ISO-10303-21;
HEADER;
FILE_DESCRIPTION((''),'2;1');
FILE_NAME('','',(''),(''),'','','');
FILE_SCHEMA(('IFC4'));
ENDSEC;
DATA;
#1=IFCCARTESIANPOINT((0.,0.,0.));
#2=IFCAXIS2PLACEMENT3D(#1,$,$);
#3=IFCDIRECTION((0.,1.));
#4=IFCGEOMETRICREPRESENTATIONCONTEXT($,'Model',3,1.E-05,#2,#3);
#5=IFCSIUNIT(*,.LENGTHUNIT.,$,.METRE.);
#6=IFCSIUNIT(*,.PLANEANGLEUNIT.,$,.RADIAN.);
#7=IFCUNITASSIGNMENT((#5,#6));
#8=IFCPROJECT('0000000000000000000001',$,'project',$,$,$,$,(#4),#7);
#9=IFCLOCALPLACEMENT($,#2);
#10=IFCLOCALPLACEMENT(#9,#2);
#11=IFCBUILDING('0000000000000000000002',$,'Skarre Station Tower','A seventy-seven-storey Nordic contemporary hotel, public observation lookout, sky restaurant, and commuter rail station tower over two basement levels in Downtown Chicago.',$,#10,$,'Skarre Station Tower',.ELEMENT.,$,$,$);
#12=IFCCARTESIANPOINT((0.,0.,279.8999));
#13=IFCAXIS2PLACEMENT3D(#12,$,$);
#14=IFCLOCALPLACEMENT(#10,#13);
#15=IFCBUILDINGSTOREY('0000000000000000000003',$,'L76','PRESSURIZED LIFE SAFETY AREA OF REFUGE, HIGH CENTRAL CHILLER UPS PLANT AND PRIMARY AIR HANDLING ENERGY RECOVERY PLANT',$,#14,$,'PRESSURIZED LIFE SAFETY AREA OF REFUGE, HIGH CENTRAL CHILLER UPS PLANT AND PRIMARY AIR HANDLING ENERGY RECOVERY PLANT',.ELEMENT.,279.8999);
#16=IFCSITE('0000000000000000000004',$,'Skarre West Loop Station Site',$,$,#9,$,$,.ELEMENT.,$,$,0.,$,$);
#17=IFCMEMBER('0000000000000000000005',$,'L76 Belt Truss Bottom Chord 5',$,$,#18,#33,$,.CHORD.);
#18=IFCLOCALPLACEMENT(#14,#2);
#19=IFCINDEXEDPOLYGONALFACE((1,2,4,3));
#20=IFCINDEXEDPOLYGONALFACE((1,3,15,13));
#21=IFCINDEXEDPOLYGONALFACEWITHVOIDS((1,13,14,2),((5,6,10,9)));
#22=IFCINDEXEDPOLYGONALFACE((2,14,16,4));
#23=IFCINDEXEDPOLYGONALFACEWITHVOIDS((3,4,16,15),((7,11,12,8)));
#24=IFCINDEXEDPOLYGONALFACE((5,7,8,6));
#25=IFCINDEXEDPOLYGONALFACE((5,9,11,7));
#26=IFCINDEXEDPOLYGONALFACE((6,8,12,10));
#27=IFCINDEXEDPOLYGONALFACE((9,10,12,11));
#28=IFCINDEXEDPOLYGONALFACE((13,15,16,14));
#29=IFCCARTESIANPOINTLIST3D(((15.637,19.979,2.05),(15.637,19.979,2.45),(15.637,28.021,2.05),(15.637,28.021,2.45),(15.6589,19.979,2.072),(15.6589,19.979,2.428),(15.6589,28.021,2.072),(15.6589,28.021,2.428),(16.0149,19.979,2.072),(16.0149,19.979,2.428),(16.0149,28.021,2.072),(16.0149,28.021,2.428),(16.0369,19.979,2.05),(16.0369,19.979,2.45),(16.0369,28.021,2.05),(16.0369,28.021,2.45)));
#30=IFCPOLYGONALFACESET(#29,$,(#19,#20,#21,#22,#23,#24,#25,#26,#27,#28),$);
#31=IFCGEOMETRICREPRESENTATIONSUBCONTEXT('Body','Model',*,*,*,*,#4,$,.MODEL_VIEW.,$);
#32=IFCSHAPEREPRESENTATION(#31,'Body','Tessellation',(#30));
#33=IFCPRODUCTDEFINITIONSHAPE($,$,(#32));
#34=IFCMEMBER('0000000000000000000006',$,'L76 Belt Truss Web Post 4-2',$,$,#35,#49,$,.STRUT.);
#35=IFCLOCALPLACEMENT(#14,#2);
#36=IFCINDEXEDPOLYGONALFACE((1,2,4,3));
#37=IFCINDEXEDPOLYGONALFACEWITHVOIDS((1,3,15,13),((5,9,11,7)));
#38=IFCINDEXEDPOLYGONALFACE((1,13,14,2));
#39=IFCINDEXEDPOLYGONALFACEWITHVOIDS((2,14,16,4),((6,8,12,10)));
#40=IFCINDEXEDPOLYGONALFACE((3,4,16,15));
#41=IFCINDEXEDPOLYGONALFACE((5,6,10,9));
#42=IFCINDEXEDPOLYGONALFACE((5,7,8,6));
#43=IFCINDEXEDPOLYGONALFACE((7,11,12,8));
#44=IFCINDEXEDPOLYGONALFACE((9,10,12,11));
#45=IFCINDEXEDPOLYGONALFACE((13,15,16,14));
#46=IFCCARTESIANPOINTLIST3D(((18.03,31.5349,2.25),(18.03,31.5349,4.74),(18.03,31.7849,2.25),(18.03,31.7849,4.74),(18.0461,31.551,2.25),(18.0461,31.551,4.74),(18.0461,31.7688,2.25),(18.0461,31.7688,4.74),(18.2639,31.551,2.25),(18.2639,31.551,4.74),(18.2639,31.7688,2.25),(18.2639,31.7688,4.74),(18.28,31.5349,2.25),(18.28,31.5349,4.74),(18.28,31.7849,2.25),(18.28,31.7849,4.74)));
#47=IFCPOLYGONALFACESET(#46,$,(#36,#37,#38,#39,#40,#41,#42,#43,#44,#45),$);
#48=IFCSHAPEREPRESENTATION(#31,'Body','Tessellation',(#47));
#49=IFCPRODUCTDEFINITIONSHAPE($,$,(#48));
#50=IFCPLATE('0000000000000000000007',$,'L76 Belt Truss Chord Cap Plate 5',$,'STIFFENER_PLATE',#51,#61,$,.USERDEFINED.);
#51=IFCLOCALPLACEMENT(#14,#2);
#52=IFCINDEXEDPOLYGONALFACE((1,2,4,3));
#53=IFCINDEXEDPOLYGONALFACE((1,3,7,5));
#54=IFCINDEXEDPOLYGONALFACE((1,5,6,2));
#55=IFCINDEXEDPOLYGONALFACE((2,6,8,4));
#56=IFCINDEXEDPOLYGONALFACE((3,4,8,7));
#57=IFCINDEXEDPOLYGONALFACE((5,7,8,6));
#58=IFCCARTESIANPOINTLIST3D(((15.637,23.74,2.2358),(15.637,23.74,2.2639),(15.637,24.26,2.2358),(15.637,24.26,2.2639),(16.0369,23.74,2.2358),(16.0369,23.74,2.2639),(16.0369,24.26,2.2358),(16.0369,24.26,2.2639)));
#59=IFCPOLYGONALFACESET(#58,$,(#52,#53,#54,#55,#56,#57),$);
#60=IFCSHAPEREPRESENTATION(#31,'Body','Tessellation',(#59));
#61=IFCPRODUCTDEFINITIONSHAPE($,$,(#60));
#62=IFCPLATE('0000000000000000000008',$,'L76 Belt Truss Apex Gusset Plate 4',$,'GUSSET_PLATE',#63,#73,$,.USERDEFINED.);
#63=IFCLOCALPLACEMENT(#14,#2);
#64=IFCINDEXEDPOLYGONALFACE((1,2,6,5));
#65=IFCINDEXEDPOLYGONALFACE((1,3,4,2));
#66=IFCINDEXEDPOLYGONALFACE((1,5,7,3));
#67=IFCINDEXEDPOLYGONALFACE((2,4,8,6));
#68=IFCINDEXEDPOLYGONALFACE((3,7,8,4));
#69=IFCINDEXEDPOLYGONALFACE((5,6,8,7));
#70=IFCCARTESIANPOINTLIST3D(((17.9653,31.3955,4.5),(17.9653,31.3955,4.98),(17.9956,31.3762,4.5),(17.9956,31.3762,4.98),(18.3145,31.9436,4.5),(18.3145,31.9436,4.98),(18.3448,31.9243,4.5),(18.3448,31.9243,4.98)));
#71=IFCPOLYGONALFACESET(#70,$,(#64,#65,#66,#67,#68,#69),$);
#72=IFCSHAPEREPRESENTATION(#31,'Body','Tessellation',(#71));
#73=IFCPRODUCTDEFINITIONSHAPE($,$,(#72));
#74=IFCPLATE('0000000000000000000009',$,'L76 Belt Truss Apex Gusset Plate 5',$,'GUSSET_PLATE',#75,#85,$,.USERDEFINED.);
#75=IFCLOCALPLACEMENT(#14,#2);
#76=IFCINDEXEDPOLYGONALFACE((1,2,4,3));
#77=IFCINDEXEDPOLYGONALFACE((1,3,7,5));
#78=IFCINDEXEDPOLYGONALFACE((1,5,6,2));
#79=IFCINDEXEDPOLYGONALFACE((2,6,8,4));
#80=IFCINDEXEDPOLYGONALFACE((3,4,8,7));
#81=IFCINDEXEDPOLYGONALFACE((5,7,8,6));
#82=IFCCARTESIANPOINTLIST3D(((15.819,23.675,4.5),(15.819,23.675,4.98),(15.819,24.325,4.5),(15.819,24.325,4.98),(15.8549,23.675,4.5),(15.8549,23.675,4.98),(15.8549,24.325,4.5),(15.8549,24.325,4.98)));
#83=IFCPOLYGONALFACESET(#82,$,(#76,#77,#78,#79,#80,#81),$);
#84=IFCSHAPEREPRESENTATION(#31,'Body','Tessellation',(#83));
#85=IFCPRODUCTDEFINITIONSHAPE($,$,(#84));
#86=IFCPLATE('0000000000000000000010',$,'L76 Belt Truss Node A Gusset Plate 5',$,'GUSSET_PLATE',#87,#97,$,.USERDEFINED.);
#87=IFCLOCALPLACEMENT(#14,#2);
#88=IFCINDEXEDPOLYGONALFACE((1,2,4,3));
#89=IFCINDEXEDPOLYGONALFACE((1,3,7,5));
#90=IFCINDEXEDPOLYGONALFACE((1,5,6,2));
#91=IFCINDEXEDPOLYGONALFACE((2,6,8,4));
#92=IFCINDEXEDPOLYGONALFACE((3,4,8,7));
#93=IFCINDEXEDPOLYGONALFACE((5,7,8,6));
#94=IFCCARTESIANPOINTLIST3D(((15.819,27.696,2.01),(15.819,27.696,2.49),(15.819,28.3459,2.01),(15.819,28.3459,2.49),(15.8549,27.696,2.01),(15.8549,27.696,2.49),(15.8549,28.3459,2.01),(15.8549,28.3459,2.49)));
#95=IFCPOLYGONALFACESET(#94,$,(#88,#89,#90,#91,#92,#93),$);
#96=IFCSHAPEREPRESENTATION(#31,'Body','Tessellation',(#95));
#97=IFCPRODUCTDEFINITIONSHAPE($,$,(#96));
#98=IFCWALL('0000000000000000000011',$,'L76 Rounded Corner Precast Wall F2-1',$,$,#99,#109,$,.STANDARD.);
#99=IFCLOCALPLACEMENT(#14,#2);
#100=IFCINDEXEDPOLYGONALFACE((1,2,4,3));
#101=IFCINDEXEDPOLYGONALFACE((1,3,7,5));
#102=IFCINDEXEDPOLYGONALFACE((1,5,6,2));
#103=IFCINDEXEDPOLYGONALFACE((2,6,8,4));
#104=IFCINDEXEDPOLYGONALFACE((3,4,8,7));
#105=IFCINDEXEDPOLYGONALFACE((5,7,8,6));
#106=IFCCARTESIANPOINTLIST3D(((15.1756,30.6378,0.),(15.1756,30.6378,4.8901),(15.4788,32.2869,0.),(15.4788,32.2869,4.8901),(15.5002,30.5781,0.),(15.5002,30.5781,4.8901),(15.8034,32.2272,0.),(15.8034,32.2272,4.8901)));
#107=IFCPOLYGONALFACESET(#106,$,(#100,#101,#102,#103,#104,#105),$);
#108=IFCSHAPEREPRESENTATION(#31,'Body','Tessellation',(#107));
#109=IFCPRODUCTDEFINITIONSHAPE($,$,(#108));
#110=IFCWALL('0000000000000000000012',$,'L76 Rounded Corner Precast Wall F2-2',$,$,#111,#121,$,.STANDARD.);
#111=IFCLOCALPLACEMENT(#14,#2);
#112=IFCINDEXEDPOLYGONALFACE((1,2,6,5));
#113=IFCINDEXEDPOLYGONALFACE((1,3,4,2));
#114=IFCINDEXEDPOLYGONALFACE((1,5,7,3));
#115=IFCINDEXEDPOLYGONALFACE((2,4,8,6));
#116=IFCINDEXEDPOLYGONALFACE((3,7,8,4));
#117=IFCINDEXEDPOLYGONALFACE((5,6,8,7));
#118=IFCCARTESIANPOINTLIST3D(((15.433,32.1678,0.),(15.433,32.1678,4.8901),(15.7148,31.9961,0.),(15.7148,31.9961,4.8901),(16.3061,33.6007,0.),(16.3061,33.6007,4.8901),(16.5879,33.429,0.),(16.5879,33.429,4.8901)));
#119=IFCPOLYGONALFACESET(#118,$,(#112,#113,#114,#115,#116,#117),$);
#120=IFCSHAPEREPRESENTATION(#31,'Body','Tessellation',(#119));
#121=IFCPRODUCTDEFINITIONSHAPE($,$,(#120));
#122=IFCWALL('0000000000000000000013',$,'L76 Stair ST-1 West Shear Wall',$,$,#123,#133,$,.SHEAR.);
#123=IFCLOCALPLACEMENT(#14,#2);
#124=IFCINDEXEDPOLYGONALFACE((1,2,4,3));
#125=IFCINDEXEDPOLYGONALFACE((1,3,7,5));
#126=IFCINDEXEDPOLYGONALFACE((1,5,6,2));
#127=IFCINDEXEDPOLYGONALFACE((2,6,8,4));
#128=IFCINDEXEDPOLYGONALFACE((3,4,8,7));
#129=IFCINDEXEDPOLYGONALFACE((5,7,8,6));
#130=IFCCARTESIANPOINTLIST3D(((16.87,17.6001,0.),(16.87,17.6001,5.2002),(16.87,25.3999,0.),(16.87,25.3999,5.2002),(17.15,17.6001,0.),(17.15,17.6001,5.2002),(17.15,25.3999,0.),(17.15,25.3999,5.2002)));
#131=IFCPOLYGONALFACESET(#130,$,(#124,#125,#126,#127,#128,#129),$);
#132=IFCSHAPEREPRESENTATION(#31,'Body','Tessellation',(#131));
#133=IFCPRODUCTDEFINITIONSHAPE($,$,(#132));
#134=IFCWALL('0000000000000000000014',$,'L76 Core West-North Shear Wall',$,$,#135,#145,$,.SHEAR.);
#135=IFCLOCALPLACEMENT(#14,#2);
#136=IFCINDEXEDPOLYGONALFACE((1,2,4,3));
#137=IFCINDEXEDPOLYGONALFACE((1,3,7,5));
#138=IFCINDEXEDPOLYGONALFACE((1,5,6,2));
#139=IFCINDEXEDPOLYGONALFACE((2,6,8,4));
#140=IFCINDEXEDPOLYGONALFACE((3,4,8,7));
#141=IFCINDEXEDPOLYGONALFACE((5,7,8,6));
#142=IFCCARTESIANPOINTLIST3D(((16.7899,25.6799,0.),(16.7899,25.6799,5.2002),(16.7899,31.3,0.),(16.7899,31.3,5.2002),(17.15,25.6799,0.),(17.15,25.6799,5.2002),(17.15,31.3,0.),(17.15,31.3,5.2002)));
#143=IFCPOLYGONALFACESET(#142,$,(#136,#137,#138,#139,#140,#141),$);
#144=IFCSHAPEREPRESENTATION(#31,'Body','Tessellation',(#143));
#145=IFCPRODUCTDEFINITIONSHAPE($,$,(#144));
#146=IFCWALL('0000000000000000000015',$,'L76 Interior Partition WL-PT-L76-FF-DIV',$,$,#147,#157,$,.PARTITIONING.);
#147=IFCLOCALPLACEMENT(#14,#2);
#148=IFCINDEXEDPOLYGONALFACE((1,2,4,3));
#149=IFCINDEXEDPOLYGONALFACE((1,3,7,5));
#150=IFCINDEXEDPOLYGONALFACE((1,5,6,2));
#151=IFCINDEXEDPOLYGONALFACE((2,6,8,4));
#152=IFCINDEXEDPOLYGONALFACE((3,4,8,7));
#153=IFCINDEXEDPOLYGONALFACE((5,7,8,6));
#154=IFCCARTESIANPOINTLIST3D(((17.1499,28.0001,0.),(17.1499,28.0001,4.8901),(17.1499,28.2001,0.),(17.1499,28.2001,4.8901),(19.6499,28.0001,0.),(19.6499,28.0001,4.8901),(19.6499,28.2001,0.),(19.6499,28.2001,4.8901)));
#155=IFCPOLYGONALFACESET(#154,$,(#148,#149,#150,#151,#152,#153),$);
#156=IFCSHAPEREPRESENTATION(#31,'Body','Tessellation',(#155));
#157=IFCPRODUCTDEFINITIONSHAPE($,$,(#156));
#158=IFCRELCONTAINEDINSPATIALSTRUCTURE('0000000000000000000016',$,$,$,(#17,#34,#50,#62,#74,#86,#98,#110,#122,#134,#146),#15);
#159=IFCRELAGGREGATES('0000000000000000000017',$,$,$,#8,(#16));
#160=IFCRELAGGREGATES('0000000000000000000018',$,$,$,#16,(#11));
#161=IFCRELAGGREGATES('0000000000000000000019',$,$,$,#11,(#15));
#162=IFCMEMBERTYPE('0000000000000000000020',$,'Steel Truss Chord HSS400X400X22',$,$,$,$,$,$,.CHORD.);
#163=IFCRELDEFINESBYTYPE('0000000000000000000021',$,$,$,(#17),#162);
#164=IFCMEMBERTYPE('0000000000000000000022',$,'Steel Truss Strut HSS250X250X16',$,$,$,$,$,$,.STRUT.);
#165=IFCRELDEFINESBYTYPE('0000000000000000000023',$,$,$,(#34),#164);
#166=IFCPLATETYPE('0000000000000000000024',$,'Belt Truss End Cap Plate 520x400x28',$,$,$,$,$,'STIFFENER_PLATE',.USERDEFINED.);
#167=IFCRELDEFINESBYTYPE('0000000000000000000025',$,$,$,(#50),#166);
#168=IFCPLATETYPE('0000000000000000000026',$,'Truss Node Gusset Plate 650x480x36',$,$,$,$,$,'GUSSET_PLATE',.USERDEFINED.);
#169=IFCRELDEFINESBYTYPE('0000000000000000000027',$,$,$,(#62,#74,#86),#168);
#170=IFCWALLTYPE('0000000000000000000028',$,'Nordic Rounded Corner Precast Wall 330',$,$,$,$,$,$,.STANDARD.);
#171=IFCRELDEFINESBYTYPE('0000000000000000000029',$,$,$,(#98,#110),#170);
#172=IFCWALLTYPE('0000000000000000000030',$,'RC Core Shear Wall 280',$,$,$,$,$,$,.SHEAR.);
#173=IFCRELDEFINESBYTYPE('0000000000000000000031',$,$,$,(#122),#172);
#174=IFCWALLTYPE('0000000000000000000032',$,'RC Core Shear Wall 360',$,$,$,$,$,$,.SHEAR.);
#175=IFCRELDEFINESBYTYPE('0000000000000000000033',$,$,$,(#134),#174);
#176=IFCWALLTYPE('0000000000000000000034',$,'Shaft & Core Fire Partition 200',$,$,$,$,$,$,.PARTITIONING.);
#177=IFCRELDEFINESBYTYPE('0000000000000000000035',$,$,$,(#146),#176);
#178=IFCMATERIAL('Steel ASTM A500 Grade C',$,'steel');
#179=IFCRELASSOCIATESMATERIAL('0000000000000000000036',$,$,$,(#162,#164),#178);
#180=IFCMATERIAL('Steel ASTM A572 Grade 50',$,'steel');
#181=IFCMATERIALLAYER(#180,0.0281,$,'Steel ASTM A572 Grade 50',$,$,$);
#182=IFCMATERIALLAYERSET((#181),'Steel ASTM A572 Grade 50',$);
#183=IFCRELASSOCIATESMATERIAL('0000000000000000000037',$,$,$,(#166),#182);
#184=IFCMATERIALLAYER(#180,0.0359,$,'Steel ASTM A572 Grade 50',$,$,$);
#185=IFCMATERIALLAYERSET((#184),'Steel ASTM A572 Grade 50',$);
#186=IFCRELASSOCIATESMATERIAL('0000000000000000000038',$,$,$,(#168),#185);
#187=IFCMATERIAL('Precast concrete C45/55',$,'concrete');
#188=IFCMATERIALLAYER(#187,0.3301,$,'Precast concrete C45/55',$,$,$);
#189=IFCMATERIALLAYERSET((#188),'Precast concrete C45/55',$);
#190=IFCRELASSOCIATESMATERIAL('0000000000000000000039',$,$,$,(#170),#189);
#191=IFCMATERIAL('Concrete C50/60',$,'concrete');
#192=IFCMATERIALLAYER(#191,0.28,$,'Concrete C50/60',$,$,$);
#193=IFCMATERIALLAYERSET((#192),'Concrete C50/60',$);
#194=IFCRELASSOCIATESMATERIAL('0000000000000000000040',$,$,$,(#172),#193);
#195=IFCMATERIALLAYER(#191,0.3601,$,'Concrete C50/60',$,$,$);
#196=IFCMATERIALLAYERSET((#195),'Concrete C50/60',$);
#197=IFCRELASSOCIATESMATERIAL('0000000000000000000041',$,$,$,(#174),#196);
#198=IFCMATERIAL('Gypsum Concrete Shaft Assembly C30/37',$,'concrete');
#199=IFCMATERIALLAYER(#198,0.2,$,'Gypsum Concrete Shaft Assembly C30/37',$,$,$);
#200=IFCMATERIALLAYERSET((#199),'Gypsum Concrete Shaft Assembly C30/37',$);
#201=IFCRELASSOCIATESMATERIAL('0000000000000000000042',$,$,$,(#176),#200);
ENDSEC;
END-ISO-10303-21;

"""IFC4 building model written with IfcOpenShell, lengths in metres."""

from ifc_helpers import new_model, si_unit, direction, frame, frame_2d, origin, origin_2d, place, context, subcontext, project, spatial, rectangle, hollow_rectangle, extrude, material, layer, layer_set, material_profile, profile_set, type_object, element, save


model = new_model("IFC4")

# Units and contexts
model_context = context("Model", 3, precision=1e-05, world=origin(), true_north=direction((0.0, 1.0)))
body_context = subcontext(model_context, "Body", "Model", "MODEL_VIEW")
ifc_project = project(units=[si_unit("LENGTHUNIT", "METRE"), si_unit("PLANEANGLEUNIT", "RADIAN")], contexts=[model_context])

# Site, building, storey
site_placement = place(None, origin())
site = spatial("IfcSite", under=ifc_project, at=site_placement, Name="Skarre West Loop Station Site", CompositionType="ELEMENT", RefElevation=0.0)
building_placement = place(site_placement, origin())
building = spatial("IfcBuilding", under=site, at=building_placement, Name="Skarre Station Tower", Description="A seventy-seven-storey Nordic contemporary hotel, public observation lookout, sky restaurant, and commuter rail station tower over two basement levels in Downtown Chicago.", LongName="Skarre Station Tower", CompositionType="ELEMENT")
storey_placement = place(building_placement, frame((0.0, 0.0, 279.8999)))
storey = spatial("IfcBuildingStorey", under=building, at=storey_placement, Name="L76", Description="PRESSURIZED LIFE SAFETY AREA OF REFUGE, HIGH CENTRAL CHILLER UPS PLANT AND PRIMARY AIR HANDLING ENERGY RECOVERY PLANT", LongName="PRESSURIZED LIFE SAFETY AREA OF REFUGE, HIGH CENTRAL CHILLER UPS PLANT AND PRIMARY AIR HANDLING ENERGY RECOVERY PLANT", CompositionType="ELEMENT", Elevation=279.8999)

# Shared definitions
ifc_material_1 = material(Name="Concrete C50/60", Category="concrete")

# Members
ifc_material_2 = material(Name="Steel ASTM A500 Grade C", Category="steel")
ifc_material_profile_1 = material_profile(ifc_material_2, hollow_rectangle(XDim=0.3999, YDim=0.3999, WallThickness=0.022, at=origin_2d()), Name="Steel ASTM A500 Grade C")
ifc_profile_set_1 = profile_set([ifc_material_profile_1], Name="Steel ASTM A500 Grade C")
member_type_1 = type_object("IfcMemberType", Name="Steel Truss Chord HSS400X400X22", PredefinedType="CHORD", material=ifc_profile_set_1)
member_1_placement = place(storey_placement, frame((15.8369, 28.021, 2.25), z_axis=(0.0, -1.0, 0.0), x_axis=(1.0, 0.0, 0.0)))
element("IfcMember", 1, at=member_1_placement, inside=storey, type_object=member_type_1, Name="L76 Belt Truss Bottom Chord 5", PredefinedType="CHORD", context=body_context, shape_type="SweptSolid", body=[
    extrude(hollow_rectangle(XDim=0.3999, YDim=0.3999, WallThickness=0.022, at=origin_2d()), origin(), (0.0, 0.0, 1.0), 8.042),
])
ifc_material_profile_2 = material_profile(ifc_material_2, hollow_rectangle(XDim=0.25, YDim=0.25, WallThickness=0.0161, at=origin_2d()), Name="Steel ASTM A500 Grade C")
ifc_profile_set_2 = profile_set([ifc_material_profile_2], Name="Steel ASTM A500 Grade C")
member_type_2 = type_object("IfcMemberType", Name="Steel Truss Strut HSS250X250X16", PredefinedType="STRUT", material=ifc_profile_set_2)
member_2_placement = place(storey_placement, frame((18.155, 31.6599, 2.25), z_axis=(0.0, 0.0, 1.0), x_axis=(1.0, 0.0, 0.0)))
element("IfcMember", 2, at=member_2_placement, inside=storey, type_object=member_type_2, Name="L76 Belt Truss Web Post 4-2", PredefinedType="STRUT", context=body_context, shape_type="SweptSolid", body=[
    extrude(hollow_rectangle(XDim=0.25, YDim=0.25, WallThickness=0.0161, at=origin_2d()), origin(), (0.0, 0.0, 1.0), 2.49),
])

# Plates
ifc_material_3 = material(Name="Steel ASTM A572 Grade 50", Category="steel")
ifc_layer_1 = layer(ifc_material_3, 0.0281, Name="Steel ASTM A572 Grade 50")
ifc_layer_set_1 = layer_set([ifc_layer_1], Name="Steel ASTM A572 Grade 50")
plate_type_1 = type_object("IfcPlateType", Name="Belt Truss End Cap Plate 520x400x28", ElementType="STIFFENER_PLATE", PredefinedType="USERDEFINED", material=ifc_layer_set_1)
plate_placement = place(storey_placement, frame((15.8369, 24.0, 2.2358), z_axis=(0.0, 0.0, 1.0), x_axis=(0.0, -1.0, 0.0)))
element("IfcPlate", 3, at=plate_placement, inside=storey, type_object=plate_type_1, Name="L76 Belt Truss Chord Cap Plate 5", ObjectType="STIFFENER_PLATE", PredefinedType="USERDEFINED", context=body_context, shape_type="SweptSolid", body=[
    extrude(rectangle(XDim=0.52, YDim=0.3999, at=origin_2d()), origin(), (0.0, 0.0, 1.0), 0.0281),
])
ifc_layer_2 = layer(ifc_material_3, 0.0359, Name="Steel ASTM A572 Grade 50")
ifc_layer_set_2 = layer_set([ifc_layer_2], Name="Steel ASTM A572 Grade 50")
plate_type_2 = type_object("IfcPlateType", Name="Truss Node Gusset Plate 650x480x36", ElementType="GUSSET_PLATE", PredefinedType="USERDEFINED", material=ifc_layer_set_2)
for number, where, z_axis, x_axis, name in (
    (4, (18.155, 31.6599, 4.5), (0.0, 0.0, 1.0), (-0.5373, -0.843391, 0.0), "L76 Belt Truss Apex Gusset Plate 4"),
    (5, (15.8369, 24.0, 4.5), (0.0, 0.0, 1.0), (0.0, -1.0, 0.0), "L76 Belt Truss Apex Gusset Plate 5"),
    (6, (15.8369, 28.021, 2.01), (0.0, 0.0, 1.0), (0.0, -1.0, 0.0), "L76 Belt Truss Node A Gusset Plate 5"),
):
    element("IfcPlate", number, at=place(storey_placement, frame(where, z_axis=z_axis, x_axis=x_axis)), inside=storey, type_object=plate_type_2, Name=name, ObjectType="GUSSET_PLATE", PredefinedType="USERDEFINED", context=body_context, shape_type="SweptSolid", body=[
        extrude(rectangle(XDim=0.6499, YDim=0.0359, at=origin_2d()), origin(), (0.0, 0.0, 1.0), 0.48),
    ])

# Walls
ifc_material_4 = material(Name="Precast concrete C45/55", Category="concrete")
ifc_layer_3 = layer(ifc_material_4, 0.3301, Name="Precast concrete C45/55")
ifc_layer_set_3 = layer_set([ifc_layer_3], Name="Precast concrete C45/55")
wall_type_1 = type_object("IfcWallType", Name="Nordic Rounded Corner Precast Wall 330", PredefinedType="STANDARD", material=ifc_layer_set_3)
wall_1_placement = place(storey_placement, frame((15.3379, 30.6079, 0.0), z_axis=(0.0, 0.0, 1.0), x_axis=(0.180833, 0.983514, 0.0)))
element("IfcWall", 7, at=wall_1_placement, inside=storey, type_object=wall_type_1, Name="L76 Rounded Corner Precast Wall F2-1", PredefinedType="STANDARD", context=body_context, shape_type="SweptSolid", body=[
    extrude(rectangle(XDim=1.6768, YDim=0.3301, at=frame_2d((0.8384, 0.0))), origin(), (0.0, 0.0, 1.0), 4.8901),
])
wall_2_placement = place(storey_placement, frame((15.574, 32.082, 0.0), z_axis=(0.0, 0.0, 1.0), x_axis=(0.520325, 0.853968, 0.0)))
element("IfcWall", 8, at=wall_2_placement, inside=storey, type_object=wall_type_1, Name="L76 Rounded Corner Precast Wall F2-2", PredefinedType="STANDARD", context=body_context, shape_type="SweptSolid", body=[
    extrude(rectangle(XDim=1.678, YDim=0.3301, at=frame_2d((0.8389, 0.0))), origin(), (0.0, 0.0, 1.0), 4.8901),
])
ifc_layer_4 = layer(ifc_material_1, 0.28, Name="Concrete C50/60")
ifc_layer_set_4 = layer_set([ifc_layer_4], Name="Concrete C50/60")
wall_type_2 = type_object("IfcWallType", Name="RC Core Shear Wall 280", PredefinedType="SHEAR", material=ifc_layer_set_4)
wall_3_placement = place(storey_placement, frame((17.01, 25.3999, 0.0), z_axis=(0.0, 0.0, 1.0), x_axis=(0.0, -1.0, 0.0)))
element("IfcWall", 9, at=wall_3_placement, inside=storey, type_object=wall_type_2, Name="L76 Stair ST-1 West Shear Wall", PredefinedType="SHEAR", context=body_context, shape_type="SweptSolid", body=[
    extrude(rectangle(XDim=7.7998, YDim=0.28, at=frame_2d((3.8999, 0.0))), origin(), (0.0, 0.0, 1.0), 5.2002),
])
ifc_layer_5 = layer(ifc_material_1, 0.3601, Name="Concrete C50/60")
ifc_layer_set_5 = layer_set([ifc_layer_5], Name="Concrete C50/60")
wall_type_3 = type_object("IfcWallType", Name="RC Core Shear Wall 360", PredefinedType="SHEAR", material=ifc_layer_set_5)
wall_4_placement = place(storey_placement, frame((16.97, 25.6799, 0.0), z_axis=(0.0, 0.0, 1.0), x_axis=(0.0, 1.0, 0.0)))
element("IfcWall", 10, at=wall_4_placement, inside=storey, type_object=wall_type_3, Name="L76 Core West-North Shear Wall", PredefinedType="SHEAR", context=body_context, shape_type="SweptSolid", body=[
    extrude(rectangle(XDim=5.6201, YDim=0.3601, at=frame_2d((2.8101, 0.0))), origin(), (0.0, 0.0, 1.0), 5.2002),
])
ifc_material_5 = material(Name="Gypsum Concrete Shaft Assembly C30/37", Category="concrete")
ifc_layer_6 = layer(ifc_material_5, 0.2, Name="Gypsum Concrete Shaft Assembly C30/37")
ifc_layer_set_6 = layer_set([ifc_layer_6], Name="Gypsum Concrete Shaft Assembly C30/37")
wall_type_4 = type_object("IfcWallType", Name="Shaft & Core Fire Partition 200", PredefinedType="PARTITIONING", material=ifc_layer_set_6)
wall_5_placement = place(storey_placement, frame((17.1499, 28.1001, 0.0), z_axis=(0.0, 0.0, 1.0), x_axis=(1.0, 0.0, 0.0)))
element("IfcWall", 11, at=wall_5_placement, inside=storey, type_object=wall_type_4, Name="L76 Interior Partition WL-PT-L76-FF-DIV", PredefinedType="PARTITIONING", context=body_context, shape_type="SweptSolid", body=[
    extrude(rectangle(XDim=2.5, YDim=0.2, at=frame_2d((1.25, 0.0))), origin(), (0.0, 0.0, 1.0), 4.8901),
])

save(model, "model.ifc")
